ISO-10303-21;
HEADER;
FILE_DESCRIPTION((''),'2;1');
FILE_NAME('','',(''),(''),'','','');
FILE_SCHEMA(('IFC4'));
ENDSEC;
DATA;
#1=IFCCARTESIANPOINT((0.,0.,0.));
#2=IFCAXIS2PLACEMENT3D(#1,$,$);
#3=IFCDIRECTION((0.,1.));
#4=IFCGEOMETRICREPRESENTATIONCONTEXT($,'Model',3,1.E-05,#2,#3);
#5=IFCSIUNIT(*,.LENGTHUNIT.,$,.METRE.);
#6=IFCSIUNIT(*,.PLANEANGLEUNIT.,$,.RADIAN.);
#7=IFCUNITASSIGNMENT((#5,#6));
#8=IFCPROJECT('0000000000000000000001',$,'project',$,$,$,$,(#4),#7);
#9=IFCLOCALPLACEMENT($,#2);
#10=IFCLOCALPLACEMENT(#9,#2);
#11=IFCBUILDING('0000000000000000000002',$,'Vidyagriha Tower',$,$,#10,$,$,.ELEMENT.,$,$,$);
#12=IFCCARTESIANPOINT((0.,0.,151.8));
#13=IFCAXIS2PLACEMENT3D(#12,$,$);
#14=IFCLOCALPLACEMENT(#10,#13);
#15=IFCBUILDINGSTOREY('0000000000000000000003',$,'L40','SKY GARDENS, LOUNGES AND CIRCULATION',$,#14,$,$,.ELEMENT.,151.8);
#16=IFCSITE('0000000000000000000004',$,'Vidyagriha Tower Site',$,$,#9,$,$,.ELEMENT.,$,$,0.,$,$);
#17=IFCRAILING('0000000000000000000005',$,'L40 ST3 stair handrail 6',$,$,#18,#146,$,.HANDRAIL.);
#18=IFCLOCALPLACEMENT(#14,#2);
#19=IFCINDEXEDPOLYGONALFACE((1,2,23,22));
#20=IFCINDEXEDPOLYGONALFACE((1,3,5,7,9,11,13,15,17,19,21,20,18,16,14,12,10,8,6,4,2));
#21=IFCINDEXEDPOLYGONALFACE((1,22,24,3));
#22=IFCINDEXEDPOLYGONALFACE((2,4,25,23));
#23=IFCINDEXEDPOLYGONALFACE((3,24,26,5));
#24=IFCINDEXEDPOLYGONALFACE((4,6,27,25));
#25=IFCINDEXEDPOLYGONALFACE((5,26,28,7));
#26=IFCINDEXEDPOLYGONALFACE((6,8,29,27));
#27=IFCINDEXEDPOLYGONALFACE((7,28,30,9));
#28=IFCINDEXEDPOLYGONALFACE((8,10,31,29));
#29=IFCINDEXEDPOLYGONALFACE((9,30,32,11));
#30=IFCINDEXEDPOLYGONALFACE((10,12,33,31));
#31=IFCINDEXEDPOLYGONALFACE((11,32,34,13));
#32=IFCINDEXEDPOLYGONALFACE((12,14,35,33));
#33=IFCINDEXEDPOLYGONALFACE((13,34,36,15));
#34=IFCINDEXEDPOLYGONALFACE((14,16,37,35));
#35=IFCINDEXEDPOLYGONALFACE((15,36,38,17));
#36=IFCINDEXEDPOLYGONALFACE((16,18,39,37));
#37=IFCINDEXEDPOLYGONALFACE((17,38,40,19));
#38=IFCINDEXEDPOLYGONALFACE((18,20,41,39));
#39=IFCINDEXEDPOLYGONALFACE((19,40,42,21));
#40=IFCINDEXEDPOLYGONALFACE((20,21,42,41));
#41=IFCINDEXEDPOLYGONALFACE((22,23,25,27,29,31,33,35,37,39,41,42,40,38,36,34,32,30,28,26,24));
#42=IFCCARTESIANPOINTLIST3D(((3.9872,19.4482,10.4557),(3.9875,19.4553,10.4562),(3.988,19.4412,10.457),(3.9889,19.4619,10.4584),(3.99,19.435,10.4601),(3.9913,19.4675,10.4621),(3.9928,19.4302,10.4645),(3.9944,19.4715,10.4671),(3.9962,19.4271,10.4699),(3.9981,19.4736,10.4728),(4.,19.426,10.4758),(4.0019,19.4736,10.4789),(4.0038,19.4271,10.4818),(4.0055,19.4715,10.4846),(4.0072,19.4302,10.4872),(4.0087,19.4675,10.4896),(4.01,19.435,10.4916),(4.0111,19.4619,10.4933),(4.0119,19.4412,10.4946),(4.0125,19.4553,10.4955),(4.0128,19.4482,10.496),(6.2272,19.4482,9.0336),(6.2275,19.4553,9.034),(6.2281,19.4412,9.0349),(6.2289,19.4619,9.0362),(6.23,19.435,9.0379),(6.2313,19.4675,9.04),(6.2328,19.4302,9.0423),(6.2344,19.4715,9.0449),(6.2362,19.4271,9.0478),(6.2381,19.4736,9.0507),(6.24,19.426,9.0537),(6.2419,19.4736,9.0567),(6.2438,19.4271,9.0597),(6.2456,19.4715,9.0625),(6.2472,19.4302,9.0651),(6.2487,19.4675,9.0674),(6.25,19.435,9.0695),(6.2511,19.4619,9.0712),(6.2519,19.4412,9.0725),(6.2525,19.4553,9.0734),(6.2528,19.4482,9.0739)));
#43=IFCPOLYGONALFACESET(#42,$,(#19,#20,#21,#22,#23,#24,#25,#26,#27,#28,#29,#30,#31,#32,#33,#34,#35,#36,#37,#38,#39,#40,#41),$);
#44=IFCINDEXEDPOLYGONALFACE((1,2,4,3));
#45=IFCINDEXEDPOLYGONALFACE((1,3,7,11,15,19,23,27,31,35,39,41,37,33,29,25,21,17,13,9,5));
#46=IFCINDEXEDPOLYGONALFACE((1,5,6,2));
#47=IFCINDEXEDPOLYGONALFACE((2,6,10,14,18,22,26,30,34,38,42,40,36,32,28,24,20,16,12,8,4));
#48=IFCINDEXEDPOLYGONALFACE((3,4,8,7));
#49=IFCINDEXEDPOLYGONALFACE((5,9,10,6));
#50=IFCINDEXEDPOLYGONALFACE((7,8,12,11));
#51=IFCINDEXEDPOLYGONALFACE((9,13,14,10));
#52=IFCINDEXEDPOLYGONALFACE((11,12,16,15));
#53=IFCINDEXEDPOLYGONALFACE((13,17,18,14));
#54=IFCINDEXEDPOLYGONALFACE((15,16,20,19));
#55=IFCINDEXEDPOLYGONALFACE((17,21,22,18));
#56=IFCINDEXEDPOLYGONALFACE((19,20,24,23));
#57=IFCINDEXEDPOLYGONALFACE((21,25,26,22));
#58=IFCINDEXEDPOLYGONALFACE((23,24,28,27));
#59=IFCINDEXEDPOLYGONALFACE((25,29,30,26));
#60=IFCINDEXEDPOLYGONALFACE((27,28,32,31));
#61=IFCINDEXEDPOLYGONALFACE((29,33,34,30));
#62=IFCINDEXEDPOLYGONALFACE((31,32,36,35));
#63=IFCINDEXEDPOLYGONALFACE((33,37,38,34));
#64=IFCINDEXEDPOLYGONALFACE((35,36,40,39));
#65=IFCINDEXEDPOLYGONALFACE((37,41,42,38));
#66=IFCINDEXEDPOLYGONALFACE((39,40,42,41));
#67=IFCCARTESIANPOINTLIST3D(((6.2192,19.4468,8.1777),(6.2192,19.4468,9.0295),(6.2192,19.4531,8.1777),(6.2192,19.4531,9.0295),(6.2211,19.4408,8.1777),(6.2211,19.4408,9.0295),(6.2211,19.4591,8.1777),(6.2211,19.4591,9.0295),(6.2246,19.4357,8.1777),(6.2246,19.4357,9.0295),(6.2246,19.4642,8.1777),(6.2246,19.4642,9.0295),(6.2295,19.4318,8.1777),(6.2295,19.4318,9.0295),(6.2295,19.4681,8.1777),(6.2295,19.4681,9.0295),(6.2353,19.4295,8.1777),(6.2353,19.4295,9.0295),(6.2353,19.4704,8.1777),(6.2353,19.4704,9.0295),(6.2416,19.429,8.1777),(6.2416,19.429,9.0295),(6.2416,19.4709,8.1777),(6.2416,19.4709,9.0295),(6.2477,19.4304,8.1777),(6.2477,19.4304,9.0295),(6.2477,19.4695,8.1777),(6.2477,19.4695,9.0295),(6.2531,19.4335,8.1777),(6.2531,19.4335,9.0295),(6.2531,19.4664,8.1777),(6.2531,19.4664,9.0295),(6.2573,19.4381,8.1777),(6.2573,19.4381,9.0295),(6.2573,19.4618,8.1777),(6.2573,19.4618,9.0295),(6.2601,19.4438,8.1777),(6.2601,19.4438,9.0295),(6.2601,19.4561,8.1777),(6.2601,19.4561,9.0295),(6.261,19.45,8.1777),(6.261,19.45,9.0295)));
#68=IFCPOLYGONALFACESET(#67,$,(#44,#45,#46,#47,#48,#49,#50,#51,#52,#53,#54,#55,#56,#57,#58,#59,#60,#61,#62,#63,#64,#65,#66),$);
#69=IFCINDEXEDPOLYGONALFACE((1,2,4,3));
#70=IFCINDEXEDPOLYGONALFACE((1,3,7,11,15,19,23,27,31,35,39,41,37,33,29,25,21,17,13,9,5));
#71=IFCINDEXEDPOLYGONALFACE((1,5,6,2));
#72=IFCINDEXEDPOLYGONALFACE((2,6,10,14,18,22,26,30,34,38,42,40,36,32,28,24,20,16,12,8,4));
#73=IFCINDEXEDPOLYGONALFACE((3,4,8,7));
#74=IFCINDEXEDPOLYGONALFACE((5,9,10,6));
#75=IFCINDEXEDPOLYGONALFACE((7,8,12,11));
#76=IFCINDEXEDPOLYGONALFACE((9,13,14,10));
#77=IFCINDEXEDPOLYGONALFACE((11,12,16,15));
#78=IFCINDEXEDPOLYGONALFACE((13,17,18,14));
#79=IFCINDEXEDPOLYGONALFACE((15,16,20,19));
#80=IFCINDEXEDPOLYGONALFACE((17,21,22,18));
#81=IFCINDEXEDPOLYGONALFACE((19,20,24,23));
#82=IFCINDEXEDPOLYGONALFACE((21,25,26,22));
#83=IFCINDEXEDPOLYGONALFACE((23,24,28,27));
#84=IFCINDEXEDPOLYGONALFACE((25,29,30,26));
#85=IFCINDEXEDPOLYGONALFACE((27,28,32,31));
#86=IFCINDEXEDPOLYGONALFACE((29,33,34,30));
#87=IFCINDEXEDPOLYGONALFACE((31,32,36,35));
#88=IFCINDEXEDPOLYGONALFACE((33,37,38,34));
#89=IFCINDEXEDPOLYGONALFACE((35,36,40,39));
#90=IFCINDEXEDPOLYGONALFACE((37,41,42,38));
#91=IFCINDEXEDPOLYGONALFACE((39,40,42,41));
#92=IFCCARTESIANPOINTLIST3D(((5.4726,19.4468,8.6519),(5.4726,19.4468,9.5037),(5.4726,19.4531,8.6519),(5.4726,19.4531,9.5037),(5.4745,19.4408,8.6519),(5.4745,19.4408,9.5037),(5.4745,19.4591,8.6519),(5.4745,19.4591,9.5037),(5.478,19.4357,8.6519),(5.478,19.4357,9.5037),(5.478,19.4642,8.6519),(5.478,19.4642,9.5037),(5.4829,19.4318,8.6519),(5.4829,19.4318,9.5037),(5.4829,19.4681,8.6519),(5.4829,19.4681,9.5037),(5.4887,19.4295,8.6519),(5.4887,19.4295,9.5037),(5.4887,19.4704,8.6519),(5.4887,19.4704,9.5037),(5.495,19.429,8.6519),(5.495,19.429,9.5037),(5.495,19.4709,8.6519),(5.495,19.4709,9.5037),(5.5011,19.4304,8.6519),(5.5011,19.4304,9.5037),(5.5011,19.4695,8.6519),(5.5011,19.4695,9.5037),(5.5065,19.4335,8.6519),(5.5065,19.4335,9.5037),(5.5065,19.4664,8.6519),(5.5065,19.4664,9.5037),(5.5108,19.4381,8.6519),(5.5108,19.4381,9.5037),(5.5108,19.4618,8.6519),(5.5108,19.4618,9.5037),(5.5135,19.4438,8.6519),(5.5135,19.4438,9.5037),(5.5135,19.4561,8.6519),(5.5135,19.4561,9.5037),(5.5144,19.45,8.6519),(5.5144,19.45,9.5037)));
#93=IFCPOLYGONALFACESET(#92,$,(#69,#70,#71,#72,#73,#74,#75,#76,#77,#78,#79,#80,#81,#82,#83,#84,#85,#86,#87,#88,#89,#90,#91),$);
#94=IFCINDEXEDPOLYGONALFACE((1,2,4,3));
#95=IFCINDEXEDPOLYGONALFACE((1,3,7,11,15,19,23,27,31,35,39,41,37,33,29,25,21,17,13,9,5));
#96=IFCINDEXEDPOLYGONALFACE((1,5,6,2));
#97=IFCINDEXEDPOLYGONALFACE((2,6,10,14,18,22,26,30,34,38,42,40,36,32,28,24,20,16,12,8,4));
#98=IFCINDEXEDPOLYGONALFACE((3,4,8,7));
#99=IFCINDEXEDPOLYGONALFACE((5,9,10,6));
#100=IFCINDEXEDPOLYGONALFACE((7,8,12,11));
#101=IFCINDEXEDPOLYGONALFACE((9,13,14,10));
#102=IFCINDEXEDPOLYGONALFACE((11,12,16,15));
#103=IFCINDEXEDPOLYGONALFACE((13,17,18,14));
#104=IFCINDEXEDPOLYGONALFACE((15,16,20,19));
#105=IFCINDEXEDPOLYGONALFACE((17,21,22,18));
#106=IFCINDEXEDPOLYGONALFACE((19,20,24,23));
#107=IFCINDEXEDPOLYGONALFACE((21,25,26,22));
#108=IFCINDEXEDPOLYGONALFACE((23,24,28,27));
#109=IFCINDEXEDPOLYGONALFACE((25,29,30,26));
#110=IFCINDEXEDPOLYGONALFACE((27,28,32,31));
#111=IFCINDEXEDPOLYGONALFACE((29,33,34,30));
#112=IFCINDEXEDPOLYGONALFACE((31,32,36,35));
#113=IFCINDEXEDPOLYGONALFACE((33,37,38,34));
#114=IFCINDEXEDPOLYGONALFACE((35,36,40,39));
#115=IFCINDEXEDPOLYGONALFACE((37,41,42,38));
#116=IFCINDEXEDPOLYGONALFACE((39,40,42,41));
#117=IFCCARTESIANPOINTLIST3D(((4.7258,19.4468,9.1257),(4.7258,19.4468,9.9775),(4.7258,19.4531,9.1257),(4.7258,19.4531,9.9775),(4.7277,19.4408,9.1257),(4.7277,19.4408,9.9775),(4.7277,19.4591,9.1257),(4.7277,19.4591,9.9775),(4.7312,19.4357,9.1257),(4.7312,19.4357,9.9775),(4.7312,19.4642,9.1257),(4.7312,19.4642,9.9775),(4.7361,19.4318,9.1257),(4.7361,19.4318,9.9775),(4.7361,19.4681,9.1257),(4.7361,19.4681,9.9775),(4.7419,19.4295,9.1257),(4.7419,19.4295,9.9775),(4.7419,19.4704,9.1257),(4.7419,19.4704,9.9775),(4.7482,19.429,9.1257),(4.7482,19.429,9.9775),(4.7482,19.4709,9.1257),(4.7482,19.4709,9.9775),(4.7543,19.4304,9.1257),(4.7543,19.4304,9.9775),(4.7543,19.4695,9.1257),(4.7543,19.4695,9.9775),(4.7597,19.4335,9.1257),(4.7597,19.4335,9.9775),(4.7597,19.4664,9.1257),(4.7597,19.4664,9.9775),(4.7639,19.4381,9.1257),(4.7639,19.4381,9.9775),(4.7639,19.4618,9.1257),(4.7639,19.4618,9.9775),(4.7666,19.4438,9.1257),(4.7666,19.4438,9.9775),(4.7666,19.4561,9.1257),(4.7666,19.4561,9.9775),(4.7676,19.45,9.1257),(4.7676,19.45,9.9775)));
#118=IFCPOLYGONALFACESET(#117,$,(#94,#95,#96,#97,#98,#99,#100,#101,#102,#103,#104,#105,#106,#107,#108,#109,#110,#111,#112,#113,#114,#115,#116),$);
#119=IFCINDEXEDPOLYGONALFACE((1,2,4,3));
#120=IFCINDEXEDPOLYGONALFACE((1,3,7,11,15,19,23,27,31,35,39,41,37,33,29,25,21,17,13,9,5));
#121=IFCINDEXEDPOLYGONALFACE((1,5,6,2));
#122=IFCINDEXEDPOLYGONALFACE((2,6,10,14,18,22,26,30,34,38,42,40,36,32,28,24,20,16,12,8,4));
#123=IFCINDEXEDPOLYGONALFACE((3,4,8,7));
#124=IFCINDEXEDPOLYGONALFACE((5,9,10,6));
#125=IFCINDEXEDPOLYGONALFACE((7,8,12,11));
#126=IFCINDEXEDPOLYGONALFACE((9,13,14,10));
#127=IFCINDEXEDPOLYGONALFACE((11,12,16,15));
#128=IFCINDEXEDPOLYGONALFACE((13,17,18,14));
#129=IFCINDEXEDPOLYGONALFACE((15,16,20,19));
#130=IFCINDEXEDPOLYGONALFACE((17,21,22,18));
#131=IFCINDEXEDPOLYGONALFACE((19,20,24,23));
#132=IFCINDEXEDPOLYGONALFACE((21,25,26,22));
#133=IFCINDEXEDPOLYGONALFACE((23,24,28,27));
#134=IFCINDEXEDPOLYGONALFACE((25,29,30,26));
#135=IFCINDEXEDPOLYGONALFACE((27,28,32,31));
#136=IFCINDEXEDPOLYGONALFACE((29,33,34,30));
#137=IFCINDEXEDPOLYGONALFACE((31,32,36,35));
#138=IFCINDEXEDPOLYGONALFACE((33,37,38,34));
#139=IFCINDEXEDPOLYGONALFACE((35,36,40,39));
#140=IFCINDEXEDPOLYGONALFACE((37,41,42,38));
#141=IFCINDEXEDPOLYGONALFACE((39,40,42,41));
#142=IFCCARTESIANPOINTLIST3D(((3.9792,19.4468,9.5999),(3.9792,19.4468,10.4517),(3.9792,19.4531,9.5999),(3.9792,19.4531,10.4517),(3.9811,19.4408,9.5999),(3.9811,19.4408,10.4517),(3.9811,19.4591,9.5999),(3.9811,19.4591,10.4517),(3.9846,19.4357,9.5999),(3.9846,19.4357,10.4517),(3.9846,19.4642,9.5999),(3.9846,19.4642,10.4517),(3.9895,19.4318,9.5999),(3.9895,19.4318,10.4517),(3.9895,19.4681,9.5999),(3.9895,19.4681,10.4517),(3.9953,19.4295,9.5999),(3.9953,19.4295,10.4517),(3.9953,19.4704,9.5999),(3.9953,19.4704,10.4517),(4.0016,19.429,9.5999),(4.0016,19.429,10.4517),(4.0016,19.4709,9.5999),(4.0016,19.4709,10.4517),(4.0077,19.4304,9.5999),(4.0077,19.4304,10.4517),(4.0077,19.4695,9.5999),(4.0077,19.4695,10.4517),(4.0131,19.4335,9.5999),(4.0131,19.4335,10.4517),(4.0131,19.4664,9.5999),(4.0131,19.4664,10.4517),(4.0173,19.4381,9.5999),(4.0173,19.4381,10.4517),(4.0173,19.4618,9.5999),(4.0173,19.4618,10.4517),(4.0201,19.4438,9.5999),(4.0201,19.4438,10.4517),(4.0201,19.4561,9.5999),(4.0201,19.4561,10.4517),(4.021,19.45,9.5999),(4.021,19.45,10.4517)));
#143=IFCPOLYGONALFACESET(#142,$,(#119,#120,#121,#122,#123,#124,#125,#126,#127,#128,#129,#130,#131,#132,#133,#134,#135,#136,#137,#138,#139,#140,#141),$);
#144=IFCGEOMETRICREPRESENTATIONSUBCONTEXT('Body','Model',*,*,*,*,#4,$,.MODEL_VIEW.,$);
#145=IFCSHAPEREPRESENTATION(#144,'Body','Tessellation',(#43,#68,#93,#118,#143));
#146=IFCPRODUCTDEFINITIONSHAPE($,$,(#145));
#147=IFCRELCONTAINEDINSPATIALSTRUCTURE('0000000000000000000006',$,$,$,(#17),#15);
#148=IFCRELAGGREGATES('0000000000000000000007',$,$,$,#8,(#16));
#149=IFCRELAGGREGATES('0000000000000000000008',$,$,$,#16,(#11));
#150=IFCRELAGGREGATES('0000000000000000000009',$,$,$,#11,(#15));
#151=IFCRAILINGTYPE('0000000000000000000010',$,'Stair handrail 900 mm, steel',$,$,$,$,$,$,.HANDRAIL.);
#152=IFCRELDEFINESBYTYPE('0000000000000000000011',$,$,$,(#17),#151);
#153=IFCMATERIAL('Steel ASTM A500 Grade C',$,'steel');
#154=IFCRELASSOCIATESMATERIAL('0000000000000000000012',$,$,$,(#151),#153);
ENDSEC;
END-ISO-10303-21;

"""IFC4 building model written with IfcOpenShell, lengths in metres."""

from ifc_helpers import new_model, si_unit, direction, frame, origin, origin_2d, place, context, subcontext, project, spatial, circle, extrude, material, type_object, element, save


model = new_model("IFC4")

# Units and contexts
model_context = context("Model", 3, precision=1e-05, world=origin(), true_north=direction((0.0, 1.0)))
body_context = subcontext(model_context, "Body", "Model", "MODEL_VIEW")
ifc_project = project(units=[si_unit("LENGTHUNIT", "METRE"), si_unit("PLANEANGLEUNIT", "RADIAN")], contexts=[model_context])

# Site, building, storey
site_placement = place(None, origin())
site = spatial("IfcSite", under=ifc_project, at=site_placement, Name="Vidyagriha Tower Site", CompositionType="ELEMENT", RefElevation=0.0)
building_placement = place(site_placement, origin())
building = spatial("IfcBuilding", under=site, at=building_placement, Name="Vidyagriha Tower", CompositionType="ELEMENT")
storey_placement = place(building_placement, frame((0.0, 0.0, 151.8)))
storey = spatial("IfcBuildingStorey", under=building, at=storey_placement, Name="L40", Description="SKY GARDENS, LOUNGES AND CIRCULATION", CompositionType="ELEMENT", Elevation=151.8)

# Railing
ifc_material_1 = material(Name="Steel ASTM A500 Grade C", Category="steel")
railing_type_1 = type_object("IfcRailingType", Name="Stair handrail 900 mm, steel", PredefinedType="HANDRAIL", material=ifc_material_1)
for number, where, name in (
    (1, (6.24, 19.45, 8.1777), "L40 ST3 stair handrail 6"),
):
    element("IfcRailing", number, at=place(storey_placement, frame(where)), inside=storey, type_object=railing_type_1, Name=name, PredefinedType="HANDRAIL", context=body_context, shape_type="SweptSolid", body=[
        extrude(circle(Radius=0.0239, at=origin_2d()), frame((0.0, 0.0, 0.876), z_axis=(-0.844229, 0.0, 0.535982), x_axis=(0.0, -1.0, 0.0)), (0.0, 0.0, 1.0), 2.6533),
        extrude(circle(Radius=0.021, at=origin_2d()), origin(), (0.0, 0.0, 1.0), 0.8518),
        extrude(circle(Radius=0.021, at=origin_2d()), frame((-0.7466, 0.0, 0.4741)), (0.0, 0.0, 1.0), 0.8518),
        extrude(circle(Radius=0.021, at=origin_2d()), frame((-1.4934, 0.0, 0.948)), (0.0, 0.0, 1.0), 0.8518),
        extrude(circle(Radius=0.021, at=origin_2d()), frame((-2.24, 0.0, 1.4221)), (0.0, 0.0, 1.0), 0.8518),
    ])

save(model, "model.ifc")
